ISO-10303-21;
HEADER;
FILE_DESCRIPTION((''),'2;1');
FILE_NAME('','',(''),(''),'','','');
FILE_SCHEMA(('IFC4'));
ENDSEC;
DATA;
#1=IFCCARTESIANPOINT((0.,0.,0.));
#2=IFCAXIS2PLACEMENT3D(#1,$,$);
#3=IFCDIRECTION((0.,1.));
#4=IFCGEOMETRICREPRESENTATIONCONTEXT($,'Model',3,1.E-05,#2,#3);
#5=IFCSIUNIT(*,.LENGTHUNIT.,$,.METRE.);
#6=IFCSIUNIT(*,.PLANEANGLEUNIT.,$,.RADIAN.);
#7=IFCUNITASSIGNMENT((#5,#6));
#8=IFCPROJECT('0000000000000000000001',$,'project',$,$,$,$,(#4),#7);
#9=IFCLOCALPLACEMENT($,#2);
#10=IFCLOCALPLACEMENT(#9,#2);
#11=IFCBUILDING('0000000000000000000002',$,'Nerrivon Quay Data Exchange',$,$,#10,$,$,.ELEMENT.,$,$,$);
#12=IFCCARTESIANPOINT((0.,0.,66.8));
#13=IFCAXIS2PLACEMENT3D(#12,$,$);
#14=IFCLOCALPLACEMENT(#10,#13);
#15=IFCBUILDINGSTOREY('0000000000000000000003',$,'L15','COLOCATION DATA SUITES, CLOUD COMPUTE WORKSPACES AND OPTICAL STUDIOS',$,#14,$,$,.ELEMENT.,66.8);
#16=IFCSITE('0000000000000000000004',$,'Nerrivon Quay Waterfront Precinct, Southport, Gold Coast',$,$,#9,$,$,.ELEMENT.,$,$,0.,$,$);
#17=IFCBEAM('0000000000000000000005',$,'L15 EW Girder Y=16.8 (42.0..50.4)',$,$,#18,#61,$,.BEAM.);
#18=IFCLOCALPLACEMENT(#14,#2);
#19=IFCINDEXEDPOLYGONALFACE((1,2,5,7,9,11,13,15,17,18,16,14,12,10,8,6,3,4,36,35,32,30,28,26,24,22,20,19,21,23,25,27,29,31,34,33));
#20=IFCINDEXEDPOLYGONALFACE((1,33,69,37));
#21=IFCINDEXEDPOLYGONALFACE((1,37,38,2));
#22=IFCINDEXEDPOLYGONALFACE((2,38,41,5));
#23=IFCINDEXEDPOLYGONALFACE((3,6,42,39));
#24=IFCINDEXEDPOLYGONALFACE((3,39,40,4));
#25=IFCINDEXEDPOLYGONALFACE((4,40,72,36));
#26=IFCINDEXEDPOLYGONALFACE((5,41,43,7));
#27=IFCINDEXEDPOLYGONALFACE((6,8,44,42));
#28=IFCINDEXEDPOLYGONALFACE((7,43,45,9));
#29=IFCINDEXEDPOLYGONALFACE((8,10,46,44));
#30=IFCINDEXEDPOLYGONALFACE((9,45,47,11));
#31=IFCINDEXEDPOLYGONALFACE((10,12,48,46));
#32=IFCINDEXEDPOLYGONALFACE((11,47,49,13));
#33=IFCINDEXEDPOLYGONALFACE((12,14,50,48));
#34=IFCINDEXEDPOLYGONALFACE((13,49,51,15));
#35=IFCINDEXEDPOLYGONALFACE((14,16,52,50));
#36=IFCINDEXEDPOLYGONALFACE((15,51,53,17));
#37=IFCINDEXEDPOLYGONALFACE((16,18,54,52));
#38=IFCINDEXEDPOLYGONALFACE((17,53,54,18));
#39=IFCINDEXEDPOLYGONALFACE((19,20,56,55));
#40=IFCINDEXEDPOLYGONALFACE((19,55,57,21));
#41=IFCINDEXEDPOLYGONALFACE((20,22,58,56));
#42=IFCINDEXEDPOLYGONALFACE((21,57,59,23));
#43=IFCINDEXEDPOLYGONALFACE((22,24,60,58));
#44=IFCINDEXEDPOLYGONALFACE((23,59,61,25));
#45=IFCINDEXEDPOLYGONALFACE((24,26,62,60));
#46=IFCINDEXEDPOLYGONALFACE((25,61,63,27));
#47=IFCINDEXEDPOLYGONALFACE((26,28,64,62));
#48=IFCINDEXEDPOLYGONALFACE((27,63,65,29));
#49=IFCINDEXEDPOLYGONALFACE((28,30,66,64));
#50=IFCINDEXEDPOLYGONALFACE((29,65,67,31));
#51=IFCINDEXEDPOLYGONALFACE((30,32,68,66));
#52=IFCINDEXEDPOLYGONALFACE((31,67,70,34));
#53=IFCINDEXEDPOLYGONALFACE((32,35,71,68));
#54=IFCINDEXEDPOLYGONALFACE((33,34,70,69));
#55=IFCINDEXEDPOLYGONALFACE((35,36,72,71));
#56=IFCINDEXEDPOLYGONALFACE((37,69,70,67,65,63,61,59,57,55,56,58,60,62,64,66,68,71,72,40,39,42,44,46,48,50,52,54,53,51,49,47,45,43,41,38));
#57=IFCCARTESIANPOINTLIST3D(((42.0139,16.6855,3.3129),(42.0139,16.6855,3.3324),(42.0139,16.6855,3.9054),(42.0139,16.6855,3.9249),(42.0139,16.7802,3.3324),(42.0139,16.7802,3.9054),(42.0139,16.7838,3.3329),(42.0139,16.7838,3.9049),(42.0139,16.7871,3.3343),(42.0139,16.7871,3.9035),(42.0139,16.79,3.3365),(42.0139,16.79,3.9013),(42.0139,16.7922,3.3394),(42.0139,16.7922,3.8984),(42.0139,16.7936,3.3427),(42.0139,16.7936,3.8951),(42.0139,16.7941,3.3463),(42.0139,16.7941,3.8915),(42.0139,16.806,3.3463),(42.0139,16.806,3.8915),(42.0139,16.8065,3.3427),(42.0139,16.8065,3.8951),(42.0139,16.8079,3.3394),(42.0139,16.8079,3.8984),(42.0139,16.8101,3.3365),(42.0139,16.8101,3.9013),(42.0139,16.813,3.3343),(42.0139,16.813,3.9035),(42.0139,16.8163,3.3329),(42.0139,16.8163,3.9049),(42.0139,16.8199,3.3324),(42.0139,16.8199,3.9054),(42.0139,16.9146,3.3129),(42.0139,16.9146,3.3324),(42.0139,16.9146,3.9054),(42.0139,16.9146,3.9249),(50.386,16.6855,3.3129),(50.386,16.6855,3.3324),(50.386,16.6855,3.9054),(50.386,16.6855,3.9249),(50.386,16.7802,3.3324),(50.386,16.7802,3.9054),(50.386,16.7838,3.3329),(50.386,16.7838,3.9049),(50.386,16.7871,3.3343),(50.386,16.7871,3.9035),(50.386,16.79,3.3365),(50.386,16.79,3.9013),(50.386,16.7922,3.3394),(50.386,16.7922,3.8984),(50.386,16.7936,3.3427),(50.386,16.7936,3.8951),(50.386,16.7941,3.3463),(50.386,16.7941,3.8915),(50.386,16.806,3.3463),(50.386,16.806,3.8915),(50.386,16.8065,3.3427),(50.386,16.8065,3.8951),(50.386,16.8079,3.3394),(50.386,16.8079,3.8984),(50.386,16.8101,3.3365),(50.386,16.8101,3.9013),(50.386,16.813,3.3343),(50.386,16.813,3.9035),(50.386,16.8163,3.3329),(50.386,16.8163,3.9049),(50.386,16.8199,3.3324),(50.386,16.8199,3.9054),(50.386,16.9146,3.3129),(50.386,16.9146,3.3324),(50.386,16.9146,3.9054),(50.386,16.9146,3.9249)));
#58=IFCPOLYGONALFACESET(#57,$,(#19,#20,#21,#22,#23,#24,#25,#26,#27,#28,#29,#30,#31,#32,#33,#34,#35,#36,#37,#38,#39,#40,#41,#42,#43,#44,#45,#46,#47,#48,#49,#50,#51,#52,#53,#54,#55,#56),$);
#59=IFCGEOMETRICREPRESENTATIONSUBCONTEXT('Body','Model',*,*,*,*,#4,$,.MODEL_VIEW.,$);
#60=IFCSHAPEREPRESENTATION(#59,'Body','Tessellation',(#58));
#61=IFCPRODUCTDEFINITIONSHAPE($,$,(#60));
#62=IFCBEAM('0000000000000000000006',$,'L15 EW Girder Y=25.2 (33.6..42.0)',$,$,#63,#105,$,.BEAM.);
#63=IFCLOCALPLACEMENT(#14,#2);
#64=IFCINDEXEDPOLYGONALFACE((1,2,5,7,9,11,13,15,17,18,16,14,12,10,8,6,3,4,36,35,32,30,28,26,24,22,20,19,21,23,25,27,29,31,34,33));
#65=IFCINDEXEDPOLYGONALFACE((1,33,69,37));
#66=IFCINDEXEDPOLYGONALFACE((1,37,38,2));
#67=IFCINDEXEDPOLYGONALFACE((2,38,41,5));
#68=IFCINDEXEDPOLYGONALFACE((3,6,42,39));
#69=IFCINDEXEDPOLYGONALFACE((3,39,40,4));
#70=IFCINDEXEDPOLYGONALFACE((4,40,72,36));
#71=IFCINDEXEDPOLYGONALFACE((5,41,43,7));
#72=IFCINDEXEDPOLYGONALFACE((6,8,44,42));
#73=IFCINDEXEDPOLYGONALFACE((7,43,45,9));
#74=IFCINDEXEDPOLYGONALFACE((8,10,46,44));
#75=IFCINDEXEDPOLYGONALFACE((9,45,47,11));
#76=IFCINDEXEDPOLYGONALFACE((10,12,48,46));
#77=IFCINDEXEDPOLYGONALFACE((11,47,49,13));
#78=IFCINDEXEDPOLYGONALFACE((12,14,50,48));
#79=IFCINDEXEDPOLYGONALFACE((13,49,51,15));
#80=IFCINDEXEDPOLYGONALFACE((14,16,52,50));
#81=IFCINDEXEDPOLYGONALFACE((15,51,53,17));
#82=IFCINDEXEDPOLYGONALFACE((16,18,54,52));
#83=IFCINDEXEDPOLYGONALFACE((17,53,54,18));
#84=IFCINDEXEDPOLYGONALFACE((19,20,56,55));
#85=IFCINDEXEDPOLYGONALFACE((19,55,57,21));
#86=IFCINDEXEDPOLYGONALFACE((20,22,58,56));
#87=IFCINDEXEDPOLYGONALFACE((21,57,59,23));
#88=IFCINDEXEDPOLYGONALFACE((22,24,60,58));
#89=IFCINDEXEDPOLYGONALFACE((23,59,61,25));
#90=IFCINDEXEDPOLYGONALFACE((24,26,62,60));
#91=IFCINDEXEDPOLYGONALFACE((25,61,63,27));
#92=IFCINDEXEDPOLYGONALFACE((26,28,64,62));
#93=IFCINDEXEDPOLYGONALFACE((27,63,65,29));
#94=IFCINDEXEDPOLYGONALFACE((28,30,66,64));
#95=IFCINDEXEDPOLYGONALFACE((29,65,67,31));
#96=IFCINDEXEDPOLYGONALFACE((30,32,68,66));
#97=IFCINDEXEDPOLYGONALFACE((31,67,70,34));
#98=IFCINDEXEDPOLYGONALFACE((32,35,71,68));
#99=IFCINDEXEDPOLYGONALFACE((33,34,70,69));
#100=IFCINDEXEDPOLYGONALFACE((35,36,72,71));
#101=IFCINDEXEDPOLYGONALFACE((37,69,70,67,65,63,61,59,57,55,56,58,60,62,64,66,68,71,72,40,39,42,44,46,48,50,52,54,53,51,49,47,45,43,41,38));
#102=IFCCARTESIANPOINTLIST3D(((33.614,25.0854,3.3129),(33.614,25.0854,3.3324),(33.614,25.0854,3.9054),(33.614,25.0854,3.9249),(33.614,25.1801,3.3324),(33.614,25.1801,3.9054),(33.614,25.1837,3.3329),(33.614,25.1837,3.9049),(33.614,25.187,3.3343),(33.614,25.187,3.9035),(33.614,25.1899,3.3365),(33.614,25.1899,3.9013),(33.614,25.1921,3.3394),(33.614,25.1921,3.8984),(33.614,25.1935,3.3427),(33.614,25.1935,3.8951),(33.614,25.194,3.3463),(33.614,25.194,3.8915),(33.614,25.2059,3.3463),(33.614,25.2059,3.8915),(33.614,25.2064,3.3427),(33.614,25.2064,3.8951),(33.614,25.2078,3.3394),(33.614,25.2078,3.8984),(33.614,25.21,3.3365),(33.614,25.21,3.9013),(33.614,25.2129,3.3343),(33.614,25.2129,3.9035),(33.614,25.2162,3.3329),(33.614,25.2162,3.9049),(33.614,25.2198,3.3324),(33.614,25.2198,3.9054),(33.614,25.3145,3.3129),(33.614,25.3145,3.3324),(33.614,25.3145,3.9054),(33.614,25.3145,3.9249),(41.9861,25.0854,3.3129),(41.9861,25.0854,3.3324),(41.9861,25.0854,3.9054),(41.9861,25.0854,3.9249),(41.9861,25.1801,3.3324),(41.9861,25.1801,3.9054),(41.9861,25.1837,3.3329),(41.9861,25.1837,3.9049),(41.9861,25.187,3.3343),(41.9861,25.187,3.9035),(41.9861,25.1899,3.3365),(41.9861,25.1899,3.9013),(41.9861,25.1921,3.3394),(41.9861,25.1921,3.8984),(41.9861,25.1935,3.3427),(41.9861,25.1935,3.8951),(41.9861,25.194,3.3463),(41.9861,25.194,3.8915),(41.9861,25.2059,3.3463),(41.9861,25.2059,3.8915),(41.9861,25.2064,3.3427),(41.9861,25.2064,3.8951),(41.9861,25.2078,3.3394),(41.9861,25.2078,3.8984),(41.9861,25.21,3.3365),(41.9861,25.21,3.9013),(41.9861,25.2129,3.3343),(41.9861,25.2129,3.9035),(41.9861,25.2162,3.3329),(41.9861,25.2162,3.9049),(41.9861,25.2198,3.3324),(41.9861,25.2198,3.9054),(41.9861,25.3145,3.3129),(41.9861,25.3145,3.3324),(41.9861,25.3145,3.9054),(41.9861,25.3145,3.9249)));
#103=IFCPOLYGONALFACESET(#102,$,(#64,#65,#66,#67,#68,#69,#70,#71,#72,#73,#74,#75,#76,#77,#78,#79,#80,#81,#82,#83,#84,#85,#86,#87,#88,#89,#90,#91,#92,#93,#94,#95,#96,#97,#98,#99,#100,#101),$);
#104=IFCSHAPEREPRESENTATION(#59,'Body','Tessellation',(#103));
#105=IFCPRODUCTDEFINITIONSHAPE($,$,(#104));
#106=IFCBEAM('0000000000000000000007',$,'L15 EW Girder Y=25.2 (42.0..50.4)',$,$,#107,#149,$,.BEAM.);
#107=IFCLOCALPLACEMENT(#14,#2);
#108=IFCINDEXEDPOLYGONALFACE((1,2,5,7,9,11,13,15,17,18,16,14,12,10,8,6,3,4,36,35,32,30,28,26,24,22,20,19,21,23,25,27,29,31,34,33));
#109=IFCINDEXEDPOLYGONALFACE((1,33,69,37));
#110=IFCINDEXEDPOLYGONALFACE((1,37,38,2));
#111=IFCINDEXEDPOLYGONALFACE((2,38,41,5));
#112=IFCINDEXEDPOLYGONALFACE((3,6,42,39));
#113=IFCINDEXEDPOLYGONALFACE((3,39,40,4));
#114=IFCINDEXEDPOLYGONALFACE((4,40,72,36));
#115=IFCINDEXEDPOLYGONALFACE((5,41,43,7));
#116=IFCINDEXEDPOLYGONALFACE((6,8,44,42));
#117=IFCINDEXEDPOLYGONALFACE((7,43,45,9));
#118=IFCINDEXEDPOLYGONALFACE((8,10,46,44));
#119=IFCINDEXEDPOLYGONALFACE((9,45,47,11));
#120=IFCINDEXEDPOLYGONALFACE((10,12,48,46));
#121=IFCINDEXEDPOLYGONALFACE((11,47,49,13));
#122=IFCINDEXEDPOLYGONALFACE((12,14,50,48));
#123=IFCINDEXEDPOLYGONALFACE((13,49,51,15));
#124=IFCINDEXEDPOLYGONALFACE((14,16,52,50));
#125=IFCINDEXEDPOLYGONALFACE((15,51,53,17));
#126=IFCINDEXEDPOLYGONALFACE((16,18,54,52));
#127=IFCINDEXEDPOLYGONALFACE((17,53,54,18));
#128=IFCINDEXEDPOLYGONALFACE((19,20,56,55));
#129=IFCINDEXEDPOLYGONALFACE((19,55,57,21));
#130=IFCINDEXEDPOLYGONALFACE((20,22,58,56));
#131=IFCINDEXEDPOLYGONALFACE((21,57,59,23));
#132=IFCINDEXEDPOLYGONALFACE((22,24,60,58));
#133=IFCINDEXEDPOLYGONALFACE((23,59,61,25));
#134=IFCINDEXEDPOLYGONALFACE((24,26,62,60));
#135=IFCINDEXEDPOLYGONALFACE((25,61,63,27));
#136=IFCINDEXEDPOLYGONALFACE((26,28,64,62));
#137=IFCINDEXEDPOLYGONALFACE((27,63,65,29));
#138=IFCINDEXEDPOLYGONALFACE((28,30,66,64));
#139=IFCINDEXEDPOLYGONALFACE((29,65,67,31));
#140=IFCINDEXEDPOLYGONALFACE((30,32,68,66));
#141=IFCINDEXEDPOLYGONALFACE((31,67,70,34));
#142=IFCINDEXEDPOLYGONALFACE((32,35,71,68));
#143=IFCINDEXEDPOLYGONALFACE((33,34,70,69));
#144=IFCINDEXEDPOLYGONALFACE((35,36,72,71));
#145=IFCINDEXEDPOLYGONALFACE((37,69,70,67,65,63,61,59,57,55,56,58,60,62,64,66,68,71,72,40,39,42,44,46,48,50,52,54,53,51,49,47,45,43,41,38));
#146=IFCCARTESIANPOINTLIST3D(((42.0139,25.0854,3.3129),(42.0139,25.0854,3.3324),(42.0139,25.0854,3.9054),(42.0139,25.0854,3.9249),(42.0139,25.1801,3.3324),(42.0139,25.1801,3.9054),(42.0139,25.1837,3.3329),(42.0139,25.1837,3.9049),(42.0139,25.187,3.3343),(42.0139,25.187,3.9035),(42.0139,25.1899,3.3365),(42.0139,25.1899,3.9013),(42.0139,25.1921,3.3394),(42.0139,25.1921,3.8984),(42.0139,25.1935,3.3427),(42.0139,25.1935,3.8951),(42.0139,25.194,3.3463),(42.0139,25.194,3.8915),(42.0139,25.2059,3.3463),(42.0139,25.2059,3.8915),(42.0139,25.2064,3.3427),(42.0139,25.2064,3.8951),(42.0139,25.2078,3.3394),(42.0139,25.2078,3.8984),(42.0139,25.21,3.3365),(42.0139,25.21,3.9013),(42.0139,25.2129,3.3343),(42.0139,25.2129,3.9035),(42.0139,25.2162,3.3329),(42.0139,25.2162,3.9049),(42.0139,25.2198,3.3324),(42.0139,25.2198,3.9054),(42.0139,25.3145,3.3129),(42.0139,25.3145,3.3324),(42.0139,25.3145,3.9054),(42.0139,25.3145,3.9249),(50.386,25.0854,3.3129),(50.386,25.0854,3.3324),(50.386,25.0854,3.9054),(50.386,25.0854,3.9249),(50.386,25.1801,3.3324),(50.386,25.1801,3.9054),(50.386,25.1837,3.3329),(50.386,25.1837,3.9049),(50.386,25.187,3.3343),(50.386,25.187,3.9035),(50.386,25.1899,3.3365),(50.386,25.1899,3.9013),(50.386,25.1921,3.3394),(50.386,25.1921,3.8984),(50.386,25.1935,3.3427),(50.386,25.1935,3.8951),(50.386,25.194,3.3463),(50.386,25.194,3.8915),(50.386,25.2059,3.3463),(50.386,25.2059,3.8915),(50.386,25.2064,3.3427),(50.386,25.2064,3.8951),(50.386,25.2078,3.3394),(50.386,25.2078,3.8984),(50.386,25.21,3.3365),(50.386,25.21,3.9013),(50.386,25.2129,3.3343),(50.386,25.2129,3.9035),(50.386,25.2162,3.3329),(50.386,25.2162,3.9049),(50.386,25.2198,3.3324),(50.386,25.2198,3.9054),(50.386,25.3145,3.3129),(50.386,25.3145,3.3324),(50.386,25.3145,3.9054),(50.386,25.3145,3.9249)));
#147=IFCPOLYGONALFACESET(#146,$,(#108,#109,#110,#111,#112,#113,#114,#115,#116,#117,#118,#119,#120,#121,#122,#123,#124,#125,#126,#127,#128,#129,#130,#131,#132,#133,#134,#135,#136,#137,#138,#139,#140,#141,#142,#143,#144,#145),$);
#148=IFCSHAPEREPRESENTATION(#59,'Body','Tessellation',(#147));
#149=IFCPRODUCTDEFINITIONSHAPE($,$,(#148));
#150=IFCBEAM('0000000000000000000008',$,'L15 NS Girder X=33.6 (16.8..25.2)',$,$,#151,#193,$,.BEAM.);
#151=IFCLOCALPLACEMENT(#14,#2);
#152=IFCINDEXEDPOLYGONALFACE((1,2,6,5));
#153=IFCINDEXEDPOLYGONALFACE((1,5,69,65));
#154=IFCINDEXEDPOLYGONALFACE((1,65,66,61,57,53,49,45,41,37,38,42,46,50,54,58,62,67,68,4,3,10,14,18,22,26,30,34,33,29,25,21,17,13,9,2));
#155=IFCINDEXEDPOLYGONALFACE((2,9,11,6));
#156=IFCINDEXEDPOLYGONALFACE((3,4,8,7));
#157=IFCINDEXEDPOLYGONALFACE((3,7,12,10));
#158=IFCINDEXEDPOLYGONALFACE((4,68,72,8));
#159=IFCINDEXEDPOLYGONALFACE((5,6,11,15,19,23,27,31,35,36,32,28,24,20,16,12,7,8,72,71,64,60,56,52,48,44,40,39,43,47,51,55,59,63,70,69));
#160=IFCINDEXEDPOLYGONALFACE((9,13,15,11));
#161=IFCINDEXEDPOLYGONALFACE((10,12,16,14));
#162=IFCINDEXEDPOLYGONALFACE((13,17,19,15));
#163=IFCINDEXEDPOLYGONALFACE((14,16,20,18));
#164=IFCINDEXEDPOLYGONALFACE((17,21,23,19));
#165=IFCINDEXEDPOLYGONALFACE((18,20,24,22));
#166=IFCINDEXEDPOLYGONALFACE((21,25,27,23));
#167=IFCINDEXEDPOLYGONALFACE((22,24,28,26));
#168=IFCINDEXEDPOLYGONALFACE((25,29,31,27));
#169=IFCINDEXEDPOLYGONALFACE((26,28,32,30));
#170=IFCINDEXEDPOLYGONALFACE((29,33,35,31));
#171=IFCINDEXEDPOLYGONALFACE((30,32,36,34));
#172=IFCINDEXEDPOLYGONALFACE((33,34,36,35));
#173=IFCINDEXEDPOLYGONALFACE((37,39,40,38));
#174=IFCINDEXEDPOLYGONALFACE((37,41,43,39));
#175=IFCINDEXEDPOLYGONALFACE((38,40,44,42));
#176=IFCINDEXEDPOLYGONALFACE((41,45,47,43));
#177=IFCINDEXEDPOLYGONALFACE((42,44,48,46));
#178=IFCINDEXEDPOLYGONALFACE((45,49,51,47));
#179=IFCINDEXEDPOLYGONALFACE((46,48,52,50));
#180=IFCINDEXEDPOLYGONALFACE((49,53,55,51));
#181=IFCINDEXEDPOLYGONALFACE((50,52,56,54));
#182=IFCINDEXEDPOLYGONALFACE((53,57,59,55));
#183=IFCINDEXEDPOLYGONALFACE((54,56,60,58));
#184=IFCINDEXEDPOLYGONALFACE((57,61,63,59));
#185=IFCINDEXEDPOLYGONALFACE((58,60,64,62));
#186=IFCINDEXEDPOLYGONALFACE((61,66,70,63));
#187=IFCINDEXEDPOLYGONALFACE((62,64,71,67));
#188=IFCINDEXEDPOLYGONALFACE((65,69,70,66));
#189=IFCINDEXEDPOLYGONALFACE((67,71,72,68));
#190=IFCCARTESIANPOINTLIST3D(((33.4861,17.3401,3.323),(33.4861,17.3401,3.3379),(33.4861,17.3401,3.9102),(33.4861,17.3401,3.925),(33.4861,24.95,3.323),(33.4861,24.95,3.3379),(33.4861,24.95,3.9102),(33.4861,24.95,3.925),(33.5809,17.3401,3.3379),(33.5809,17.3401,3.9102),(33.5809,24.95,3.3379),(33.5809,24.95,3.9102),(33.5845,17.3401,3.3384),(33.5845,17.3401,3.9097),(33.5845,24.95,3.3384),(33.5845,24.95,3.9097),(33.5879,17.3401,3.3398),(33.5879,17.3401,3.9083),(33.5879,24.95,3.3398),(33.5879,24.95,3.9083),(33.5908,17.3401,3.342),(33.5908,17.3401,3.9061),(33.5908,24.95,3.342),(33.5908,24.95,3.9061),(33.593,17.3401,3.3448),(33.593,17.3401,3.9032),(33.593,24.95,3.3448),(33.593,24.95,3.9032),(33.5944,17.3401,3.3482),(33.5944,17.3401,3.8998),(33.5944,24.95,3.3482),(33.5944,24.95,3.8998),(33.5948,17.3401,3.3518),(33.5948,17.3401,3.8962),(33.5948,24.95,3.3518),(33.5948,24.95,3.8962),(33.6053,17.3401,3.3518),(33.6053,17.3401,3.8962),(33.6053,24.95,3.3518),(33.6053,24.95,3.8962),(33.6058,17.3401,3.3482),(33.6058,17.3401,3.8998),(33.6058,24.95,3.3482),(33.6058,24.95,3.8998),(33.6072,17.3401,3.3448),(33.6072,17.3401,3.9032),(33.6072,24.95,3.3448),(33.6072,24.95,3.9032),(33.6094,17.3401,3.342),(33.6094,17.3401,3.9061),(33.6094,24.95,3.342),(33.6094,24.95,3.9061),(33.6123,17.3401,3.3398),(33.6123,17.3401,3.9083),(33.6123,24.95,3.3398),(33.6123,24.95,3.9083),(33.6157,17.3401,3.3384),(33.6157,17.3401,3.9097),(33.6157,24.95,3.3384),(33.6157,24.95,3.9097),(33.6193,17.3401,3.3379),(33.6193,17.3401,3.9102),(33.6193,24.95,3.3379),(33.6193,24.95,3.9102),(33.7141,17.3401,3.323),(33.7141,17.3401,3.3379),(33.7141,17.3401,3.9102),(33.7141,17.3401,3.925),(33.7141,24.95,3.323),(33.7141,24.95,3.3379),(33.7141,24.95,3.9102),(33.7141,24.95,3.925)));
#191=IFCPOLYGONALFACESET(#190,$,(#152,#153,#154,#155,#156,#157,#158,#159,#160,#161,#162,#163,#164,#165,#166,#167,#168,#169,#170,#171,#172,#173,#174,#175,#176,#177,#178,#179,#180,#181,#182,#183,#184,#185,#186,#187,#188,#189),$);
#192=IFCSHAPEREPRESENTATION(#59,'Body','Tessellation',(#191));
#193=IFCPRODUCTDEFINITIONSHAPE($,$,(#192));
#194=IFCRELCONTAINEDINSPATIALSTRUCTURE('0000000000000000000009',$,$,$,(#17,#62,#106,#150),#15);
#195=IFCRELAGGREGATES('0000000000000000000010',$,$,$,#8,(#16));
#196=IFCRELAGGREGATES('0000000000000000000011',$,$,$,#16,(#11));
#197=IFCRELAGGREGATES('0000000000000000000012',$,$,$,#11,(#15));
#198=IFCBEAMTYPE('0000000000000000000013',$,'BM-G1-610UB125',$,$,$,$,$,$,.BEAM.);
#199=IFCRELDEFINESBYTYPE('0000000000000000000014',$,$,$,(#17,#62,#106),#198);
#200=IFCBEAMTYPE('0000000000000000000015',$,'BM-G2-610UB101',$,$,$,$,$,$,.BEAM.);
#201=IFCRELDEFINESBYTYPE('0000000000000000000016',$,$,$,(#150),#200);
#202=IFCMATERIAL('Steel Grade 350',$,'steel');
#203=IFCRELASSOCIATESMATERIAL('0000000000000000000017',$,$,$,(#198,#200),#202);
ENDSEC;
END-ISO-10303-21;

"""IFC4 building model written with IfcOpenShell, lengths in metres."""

from ifc_helpers import new_model, si_unit, direction, frame, origin, origin_2d, place, context, subcontext, project, spatial, i_section, extrude, material, material_profile, profile_set, type_object, element, save


model = new_model("IFC4")

# Units and contexts
model_context = context("Model", 3, precision=1e-05, world=origin(), true_north=direction((0.0, 1.0)))
body_context = subcontext(model_context, "Body", "Model", "MODEL_VIEW")
ifc_project = project(units=[si_unit("LENGTHUNIT", "METRE"), si_unit("PLANEANGLEUNIT", "RADIAN")], contexts=[model_context])

# Site, building, storey
site_placement = place(None, origin())
site = spatial("IfcSite", under=ifc_project, at=site_placement, Name="Nerrivon Quay Waterfront Precinct, Southport, Gold Coast", CompositionType="ELEMENT", RefElevation=0.0)
building_placement = place(site_placement, origin())
building = spatial("IfcBuilding", under=site, at=building_placement, Name="Nerrivon Quay Data Exchange", CompositionType="ELEMENT")
storey_placement = place(building_placement, frame((0.0, 0.0, 66.8)))
storey = spatial("IfcBuildingStorey", under=building, at=storey_placement, Name="L15", Description="COLOCATION DATA SUITES, CLOUD COMPUTE WORKSPACES AND OPTICAL STUDIOS", CompositionType="ELEMENT", Elevation=66.8)

# Shared definitions
ifc_material_1 = material(Name="Steel Grade 350", Category="steel")

# Beams
ifc_material_profile_1 = material_profile(ifc_material_1, i_section(OverallWidth=0.229, OverallDepth=0.6121, WebThickness=0.012, FlangeThickness=0.0195, FilletRadius=0.0139, at=origin_2d()), Name="610UB125")
ifc_profile_set_1 = profile_set([ifc_material_profile_1], Name="Steel Grade 350")
beam_type_1 = type_object("IfcBeamType", Name="BM-G1-610UB125", PredefinedType="BEAM", material=ifc_profile_set_1)
for number, where, z_axis, x_axis, name in (
    (1, (42.0139, 16.8, 3.6189), (1.0, 0.0, 0.0), (0.0, 1.0, 0.0), "L15 EW Girder Y=16.8 (42.0..50.4)"),
    (2, (33.614, 25.2, 3.6189), (1.0, 0.0, 0.0), (0.0, 1.0, 0.0), "L15 EW Girder Y=25.2 (33.6..42.0)"),
    (3, (42.0139, 25.2, 3.6189), (1.0, 0.0, 0.0), (0.0, 1.0, 0.0), "L15 EW Girder Y=25.2 (42.0..50.4)"),
):
    element("IfcBeam", number, at=place(storey_placement, frame(where, z_axis=z_axis, x_axis=x_axis)), inside=storey, type_object=beam_type_1, Name=name, PredefinedType="BEAM", context=body_context, shape_type="SweptSolid", body=[
        extrude(i_section(OverallWidth=0.229, OverallDepth=0.6121, WebThickness=0.012, FlangeThickness=0.0195, FilletRadius=0.0139, at=origin_2d()), origin(), (0.0, 0.0, 1.0), 8.3721),
    ])
ifc_material_profile_2 = material_profile(ifc_material_1, i_section(OverallWidth=0.228, OverallDepth=0.6021, WebThickness=0.0105, FlangeThickness=0.0149, FilletRadius=0.0139, at=origin_2d()), Name="610UB101")
ifc_profile_set_2 = profile_set([ifc_material_profile_2], Name="Steel Grade 350")
beam_type_2 = type_object("IfcBeamType", Name="BM-G2-610UB101", PredefinedType="BEAM", material=ifc_profile_set_2)
beam_1_placement = place(storey_placement, frame((33.6001, 17.3401, 3.624), z_axis=(0.0, 1.0, 0.0), x_axis=(-1.0, 0.0, 0.0)))
element("IfcBeam", 4, at=beam_1_placement, inside=storey, type_object=beam_type_2, Name="L15 NS Girder X=33.6 (16.8..25.2)", PredefinedType="BEAM", context=body_context, shape_type="SweptSolid", body=[
    extrude(i_section(OverallWidth=0.228, OverallDepth=0.6021, WebThickness=0.0105, FlangeThickness=0.0149, FilletRadius=0.0139, at=origin_2d()), origin(), (0.0, 0.0, 1.0), 7.6099),
])

save(model, "model.ifc")
